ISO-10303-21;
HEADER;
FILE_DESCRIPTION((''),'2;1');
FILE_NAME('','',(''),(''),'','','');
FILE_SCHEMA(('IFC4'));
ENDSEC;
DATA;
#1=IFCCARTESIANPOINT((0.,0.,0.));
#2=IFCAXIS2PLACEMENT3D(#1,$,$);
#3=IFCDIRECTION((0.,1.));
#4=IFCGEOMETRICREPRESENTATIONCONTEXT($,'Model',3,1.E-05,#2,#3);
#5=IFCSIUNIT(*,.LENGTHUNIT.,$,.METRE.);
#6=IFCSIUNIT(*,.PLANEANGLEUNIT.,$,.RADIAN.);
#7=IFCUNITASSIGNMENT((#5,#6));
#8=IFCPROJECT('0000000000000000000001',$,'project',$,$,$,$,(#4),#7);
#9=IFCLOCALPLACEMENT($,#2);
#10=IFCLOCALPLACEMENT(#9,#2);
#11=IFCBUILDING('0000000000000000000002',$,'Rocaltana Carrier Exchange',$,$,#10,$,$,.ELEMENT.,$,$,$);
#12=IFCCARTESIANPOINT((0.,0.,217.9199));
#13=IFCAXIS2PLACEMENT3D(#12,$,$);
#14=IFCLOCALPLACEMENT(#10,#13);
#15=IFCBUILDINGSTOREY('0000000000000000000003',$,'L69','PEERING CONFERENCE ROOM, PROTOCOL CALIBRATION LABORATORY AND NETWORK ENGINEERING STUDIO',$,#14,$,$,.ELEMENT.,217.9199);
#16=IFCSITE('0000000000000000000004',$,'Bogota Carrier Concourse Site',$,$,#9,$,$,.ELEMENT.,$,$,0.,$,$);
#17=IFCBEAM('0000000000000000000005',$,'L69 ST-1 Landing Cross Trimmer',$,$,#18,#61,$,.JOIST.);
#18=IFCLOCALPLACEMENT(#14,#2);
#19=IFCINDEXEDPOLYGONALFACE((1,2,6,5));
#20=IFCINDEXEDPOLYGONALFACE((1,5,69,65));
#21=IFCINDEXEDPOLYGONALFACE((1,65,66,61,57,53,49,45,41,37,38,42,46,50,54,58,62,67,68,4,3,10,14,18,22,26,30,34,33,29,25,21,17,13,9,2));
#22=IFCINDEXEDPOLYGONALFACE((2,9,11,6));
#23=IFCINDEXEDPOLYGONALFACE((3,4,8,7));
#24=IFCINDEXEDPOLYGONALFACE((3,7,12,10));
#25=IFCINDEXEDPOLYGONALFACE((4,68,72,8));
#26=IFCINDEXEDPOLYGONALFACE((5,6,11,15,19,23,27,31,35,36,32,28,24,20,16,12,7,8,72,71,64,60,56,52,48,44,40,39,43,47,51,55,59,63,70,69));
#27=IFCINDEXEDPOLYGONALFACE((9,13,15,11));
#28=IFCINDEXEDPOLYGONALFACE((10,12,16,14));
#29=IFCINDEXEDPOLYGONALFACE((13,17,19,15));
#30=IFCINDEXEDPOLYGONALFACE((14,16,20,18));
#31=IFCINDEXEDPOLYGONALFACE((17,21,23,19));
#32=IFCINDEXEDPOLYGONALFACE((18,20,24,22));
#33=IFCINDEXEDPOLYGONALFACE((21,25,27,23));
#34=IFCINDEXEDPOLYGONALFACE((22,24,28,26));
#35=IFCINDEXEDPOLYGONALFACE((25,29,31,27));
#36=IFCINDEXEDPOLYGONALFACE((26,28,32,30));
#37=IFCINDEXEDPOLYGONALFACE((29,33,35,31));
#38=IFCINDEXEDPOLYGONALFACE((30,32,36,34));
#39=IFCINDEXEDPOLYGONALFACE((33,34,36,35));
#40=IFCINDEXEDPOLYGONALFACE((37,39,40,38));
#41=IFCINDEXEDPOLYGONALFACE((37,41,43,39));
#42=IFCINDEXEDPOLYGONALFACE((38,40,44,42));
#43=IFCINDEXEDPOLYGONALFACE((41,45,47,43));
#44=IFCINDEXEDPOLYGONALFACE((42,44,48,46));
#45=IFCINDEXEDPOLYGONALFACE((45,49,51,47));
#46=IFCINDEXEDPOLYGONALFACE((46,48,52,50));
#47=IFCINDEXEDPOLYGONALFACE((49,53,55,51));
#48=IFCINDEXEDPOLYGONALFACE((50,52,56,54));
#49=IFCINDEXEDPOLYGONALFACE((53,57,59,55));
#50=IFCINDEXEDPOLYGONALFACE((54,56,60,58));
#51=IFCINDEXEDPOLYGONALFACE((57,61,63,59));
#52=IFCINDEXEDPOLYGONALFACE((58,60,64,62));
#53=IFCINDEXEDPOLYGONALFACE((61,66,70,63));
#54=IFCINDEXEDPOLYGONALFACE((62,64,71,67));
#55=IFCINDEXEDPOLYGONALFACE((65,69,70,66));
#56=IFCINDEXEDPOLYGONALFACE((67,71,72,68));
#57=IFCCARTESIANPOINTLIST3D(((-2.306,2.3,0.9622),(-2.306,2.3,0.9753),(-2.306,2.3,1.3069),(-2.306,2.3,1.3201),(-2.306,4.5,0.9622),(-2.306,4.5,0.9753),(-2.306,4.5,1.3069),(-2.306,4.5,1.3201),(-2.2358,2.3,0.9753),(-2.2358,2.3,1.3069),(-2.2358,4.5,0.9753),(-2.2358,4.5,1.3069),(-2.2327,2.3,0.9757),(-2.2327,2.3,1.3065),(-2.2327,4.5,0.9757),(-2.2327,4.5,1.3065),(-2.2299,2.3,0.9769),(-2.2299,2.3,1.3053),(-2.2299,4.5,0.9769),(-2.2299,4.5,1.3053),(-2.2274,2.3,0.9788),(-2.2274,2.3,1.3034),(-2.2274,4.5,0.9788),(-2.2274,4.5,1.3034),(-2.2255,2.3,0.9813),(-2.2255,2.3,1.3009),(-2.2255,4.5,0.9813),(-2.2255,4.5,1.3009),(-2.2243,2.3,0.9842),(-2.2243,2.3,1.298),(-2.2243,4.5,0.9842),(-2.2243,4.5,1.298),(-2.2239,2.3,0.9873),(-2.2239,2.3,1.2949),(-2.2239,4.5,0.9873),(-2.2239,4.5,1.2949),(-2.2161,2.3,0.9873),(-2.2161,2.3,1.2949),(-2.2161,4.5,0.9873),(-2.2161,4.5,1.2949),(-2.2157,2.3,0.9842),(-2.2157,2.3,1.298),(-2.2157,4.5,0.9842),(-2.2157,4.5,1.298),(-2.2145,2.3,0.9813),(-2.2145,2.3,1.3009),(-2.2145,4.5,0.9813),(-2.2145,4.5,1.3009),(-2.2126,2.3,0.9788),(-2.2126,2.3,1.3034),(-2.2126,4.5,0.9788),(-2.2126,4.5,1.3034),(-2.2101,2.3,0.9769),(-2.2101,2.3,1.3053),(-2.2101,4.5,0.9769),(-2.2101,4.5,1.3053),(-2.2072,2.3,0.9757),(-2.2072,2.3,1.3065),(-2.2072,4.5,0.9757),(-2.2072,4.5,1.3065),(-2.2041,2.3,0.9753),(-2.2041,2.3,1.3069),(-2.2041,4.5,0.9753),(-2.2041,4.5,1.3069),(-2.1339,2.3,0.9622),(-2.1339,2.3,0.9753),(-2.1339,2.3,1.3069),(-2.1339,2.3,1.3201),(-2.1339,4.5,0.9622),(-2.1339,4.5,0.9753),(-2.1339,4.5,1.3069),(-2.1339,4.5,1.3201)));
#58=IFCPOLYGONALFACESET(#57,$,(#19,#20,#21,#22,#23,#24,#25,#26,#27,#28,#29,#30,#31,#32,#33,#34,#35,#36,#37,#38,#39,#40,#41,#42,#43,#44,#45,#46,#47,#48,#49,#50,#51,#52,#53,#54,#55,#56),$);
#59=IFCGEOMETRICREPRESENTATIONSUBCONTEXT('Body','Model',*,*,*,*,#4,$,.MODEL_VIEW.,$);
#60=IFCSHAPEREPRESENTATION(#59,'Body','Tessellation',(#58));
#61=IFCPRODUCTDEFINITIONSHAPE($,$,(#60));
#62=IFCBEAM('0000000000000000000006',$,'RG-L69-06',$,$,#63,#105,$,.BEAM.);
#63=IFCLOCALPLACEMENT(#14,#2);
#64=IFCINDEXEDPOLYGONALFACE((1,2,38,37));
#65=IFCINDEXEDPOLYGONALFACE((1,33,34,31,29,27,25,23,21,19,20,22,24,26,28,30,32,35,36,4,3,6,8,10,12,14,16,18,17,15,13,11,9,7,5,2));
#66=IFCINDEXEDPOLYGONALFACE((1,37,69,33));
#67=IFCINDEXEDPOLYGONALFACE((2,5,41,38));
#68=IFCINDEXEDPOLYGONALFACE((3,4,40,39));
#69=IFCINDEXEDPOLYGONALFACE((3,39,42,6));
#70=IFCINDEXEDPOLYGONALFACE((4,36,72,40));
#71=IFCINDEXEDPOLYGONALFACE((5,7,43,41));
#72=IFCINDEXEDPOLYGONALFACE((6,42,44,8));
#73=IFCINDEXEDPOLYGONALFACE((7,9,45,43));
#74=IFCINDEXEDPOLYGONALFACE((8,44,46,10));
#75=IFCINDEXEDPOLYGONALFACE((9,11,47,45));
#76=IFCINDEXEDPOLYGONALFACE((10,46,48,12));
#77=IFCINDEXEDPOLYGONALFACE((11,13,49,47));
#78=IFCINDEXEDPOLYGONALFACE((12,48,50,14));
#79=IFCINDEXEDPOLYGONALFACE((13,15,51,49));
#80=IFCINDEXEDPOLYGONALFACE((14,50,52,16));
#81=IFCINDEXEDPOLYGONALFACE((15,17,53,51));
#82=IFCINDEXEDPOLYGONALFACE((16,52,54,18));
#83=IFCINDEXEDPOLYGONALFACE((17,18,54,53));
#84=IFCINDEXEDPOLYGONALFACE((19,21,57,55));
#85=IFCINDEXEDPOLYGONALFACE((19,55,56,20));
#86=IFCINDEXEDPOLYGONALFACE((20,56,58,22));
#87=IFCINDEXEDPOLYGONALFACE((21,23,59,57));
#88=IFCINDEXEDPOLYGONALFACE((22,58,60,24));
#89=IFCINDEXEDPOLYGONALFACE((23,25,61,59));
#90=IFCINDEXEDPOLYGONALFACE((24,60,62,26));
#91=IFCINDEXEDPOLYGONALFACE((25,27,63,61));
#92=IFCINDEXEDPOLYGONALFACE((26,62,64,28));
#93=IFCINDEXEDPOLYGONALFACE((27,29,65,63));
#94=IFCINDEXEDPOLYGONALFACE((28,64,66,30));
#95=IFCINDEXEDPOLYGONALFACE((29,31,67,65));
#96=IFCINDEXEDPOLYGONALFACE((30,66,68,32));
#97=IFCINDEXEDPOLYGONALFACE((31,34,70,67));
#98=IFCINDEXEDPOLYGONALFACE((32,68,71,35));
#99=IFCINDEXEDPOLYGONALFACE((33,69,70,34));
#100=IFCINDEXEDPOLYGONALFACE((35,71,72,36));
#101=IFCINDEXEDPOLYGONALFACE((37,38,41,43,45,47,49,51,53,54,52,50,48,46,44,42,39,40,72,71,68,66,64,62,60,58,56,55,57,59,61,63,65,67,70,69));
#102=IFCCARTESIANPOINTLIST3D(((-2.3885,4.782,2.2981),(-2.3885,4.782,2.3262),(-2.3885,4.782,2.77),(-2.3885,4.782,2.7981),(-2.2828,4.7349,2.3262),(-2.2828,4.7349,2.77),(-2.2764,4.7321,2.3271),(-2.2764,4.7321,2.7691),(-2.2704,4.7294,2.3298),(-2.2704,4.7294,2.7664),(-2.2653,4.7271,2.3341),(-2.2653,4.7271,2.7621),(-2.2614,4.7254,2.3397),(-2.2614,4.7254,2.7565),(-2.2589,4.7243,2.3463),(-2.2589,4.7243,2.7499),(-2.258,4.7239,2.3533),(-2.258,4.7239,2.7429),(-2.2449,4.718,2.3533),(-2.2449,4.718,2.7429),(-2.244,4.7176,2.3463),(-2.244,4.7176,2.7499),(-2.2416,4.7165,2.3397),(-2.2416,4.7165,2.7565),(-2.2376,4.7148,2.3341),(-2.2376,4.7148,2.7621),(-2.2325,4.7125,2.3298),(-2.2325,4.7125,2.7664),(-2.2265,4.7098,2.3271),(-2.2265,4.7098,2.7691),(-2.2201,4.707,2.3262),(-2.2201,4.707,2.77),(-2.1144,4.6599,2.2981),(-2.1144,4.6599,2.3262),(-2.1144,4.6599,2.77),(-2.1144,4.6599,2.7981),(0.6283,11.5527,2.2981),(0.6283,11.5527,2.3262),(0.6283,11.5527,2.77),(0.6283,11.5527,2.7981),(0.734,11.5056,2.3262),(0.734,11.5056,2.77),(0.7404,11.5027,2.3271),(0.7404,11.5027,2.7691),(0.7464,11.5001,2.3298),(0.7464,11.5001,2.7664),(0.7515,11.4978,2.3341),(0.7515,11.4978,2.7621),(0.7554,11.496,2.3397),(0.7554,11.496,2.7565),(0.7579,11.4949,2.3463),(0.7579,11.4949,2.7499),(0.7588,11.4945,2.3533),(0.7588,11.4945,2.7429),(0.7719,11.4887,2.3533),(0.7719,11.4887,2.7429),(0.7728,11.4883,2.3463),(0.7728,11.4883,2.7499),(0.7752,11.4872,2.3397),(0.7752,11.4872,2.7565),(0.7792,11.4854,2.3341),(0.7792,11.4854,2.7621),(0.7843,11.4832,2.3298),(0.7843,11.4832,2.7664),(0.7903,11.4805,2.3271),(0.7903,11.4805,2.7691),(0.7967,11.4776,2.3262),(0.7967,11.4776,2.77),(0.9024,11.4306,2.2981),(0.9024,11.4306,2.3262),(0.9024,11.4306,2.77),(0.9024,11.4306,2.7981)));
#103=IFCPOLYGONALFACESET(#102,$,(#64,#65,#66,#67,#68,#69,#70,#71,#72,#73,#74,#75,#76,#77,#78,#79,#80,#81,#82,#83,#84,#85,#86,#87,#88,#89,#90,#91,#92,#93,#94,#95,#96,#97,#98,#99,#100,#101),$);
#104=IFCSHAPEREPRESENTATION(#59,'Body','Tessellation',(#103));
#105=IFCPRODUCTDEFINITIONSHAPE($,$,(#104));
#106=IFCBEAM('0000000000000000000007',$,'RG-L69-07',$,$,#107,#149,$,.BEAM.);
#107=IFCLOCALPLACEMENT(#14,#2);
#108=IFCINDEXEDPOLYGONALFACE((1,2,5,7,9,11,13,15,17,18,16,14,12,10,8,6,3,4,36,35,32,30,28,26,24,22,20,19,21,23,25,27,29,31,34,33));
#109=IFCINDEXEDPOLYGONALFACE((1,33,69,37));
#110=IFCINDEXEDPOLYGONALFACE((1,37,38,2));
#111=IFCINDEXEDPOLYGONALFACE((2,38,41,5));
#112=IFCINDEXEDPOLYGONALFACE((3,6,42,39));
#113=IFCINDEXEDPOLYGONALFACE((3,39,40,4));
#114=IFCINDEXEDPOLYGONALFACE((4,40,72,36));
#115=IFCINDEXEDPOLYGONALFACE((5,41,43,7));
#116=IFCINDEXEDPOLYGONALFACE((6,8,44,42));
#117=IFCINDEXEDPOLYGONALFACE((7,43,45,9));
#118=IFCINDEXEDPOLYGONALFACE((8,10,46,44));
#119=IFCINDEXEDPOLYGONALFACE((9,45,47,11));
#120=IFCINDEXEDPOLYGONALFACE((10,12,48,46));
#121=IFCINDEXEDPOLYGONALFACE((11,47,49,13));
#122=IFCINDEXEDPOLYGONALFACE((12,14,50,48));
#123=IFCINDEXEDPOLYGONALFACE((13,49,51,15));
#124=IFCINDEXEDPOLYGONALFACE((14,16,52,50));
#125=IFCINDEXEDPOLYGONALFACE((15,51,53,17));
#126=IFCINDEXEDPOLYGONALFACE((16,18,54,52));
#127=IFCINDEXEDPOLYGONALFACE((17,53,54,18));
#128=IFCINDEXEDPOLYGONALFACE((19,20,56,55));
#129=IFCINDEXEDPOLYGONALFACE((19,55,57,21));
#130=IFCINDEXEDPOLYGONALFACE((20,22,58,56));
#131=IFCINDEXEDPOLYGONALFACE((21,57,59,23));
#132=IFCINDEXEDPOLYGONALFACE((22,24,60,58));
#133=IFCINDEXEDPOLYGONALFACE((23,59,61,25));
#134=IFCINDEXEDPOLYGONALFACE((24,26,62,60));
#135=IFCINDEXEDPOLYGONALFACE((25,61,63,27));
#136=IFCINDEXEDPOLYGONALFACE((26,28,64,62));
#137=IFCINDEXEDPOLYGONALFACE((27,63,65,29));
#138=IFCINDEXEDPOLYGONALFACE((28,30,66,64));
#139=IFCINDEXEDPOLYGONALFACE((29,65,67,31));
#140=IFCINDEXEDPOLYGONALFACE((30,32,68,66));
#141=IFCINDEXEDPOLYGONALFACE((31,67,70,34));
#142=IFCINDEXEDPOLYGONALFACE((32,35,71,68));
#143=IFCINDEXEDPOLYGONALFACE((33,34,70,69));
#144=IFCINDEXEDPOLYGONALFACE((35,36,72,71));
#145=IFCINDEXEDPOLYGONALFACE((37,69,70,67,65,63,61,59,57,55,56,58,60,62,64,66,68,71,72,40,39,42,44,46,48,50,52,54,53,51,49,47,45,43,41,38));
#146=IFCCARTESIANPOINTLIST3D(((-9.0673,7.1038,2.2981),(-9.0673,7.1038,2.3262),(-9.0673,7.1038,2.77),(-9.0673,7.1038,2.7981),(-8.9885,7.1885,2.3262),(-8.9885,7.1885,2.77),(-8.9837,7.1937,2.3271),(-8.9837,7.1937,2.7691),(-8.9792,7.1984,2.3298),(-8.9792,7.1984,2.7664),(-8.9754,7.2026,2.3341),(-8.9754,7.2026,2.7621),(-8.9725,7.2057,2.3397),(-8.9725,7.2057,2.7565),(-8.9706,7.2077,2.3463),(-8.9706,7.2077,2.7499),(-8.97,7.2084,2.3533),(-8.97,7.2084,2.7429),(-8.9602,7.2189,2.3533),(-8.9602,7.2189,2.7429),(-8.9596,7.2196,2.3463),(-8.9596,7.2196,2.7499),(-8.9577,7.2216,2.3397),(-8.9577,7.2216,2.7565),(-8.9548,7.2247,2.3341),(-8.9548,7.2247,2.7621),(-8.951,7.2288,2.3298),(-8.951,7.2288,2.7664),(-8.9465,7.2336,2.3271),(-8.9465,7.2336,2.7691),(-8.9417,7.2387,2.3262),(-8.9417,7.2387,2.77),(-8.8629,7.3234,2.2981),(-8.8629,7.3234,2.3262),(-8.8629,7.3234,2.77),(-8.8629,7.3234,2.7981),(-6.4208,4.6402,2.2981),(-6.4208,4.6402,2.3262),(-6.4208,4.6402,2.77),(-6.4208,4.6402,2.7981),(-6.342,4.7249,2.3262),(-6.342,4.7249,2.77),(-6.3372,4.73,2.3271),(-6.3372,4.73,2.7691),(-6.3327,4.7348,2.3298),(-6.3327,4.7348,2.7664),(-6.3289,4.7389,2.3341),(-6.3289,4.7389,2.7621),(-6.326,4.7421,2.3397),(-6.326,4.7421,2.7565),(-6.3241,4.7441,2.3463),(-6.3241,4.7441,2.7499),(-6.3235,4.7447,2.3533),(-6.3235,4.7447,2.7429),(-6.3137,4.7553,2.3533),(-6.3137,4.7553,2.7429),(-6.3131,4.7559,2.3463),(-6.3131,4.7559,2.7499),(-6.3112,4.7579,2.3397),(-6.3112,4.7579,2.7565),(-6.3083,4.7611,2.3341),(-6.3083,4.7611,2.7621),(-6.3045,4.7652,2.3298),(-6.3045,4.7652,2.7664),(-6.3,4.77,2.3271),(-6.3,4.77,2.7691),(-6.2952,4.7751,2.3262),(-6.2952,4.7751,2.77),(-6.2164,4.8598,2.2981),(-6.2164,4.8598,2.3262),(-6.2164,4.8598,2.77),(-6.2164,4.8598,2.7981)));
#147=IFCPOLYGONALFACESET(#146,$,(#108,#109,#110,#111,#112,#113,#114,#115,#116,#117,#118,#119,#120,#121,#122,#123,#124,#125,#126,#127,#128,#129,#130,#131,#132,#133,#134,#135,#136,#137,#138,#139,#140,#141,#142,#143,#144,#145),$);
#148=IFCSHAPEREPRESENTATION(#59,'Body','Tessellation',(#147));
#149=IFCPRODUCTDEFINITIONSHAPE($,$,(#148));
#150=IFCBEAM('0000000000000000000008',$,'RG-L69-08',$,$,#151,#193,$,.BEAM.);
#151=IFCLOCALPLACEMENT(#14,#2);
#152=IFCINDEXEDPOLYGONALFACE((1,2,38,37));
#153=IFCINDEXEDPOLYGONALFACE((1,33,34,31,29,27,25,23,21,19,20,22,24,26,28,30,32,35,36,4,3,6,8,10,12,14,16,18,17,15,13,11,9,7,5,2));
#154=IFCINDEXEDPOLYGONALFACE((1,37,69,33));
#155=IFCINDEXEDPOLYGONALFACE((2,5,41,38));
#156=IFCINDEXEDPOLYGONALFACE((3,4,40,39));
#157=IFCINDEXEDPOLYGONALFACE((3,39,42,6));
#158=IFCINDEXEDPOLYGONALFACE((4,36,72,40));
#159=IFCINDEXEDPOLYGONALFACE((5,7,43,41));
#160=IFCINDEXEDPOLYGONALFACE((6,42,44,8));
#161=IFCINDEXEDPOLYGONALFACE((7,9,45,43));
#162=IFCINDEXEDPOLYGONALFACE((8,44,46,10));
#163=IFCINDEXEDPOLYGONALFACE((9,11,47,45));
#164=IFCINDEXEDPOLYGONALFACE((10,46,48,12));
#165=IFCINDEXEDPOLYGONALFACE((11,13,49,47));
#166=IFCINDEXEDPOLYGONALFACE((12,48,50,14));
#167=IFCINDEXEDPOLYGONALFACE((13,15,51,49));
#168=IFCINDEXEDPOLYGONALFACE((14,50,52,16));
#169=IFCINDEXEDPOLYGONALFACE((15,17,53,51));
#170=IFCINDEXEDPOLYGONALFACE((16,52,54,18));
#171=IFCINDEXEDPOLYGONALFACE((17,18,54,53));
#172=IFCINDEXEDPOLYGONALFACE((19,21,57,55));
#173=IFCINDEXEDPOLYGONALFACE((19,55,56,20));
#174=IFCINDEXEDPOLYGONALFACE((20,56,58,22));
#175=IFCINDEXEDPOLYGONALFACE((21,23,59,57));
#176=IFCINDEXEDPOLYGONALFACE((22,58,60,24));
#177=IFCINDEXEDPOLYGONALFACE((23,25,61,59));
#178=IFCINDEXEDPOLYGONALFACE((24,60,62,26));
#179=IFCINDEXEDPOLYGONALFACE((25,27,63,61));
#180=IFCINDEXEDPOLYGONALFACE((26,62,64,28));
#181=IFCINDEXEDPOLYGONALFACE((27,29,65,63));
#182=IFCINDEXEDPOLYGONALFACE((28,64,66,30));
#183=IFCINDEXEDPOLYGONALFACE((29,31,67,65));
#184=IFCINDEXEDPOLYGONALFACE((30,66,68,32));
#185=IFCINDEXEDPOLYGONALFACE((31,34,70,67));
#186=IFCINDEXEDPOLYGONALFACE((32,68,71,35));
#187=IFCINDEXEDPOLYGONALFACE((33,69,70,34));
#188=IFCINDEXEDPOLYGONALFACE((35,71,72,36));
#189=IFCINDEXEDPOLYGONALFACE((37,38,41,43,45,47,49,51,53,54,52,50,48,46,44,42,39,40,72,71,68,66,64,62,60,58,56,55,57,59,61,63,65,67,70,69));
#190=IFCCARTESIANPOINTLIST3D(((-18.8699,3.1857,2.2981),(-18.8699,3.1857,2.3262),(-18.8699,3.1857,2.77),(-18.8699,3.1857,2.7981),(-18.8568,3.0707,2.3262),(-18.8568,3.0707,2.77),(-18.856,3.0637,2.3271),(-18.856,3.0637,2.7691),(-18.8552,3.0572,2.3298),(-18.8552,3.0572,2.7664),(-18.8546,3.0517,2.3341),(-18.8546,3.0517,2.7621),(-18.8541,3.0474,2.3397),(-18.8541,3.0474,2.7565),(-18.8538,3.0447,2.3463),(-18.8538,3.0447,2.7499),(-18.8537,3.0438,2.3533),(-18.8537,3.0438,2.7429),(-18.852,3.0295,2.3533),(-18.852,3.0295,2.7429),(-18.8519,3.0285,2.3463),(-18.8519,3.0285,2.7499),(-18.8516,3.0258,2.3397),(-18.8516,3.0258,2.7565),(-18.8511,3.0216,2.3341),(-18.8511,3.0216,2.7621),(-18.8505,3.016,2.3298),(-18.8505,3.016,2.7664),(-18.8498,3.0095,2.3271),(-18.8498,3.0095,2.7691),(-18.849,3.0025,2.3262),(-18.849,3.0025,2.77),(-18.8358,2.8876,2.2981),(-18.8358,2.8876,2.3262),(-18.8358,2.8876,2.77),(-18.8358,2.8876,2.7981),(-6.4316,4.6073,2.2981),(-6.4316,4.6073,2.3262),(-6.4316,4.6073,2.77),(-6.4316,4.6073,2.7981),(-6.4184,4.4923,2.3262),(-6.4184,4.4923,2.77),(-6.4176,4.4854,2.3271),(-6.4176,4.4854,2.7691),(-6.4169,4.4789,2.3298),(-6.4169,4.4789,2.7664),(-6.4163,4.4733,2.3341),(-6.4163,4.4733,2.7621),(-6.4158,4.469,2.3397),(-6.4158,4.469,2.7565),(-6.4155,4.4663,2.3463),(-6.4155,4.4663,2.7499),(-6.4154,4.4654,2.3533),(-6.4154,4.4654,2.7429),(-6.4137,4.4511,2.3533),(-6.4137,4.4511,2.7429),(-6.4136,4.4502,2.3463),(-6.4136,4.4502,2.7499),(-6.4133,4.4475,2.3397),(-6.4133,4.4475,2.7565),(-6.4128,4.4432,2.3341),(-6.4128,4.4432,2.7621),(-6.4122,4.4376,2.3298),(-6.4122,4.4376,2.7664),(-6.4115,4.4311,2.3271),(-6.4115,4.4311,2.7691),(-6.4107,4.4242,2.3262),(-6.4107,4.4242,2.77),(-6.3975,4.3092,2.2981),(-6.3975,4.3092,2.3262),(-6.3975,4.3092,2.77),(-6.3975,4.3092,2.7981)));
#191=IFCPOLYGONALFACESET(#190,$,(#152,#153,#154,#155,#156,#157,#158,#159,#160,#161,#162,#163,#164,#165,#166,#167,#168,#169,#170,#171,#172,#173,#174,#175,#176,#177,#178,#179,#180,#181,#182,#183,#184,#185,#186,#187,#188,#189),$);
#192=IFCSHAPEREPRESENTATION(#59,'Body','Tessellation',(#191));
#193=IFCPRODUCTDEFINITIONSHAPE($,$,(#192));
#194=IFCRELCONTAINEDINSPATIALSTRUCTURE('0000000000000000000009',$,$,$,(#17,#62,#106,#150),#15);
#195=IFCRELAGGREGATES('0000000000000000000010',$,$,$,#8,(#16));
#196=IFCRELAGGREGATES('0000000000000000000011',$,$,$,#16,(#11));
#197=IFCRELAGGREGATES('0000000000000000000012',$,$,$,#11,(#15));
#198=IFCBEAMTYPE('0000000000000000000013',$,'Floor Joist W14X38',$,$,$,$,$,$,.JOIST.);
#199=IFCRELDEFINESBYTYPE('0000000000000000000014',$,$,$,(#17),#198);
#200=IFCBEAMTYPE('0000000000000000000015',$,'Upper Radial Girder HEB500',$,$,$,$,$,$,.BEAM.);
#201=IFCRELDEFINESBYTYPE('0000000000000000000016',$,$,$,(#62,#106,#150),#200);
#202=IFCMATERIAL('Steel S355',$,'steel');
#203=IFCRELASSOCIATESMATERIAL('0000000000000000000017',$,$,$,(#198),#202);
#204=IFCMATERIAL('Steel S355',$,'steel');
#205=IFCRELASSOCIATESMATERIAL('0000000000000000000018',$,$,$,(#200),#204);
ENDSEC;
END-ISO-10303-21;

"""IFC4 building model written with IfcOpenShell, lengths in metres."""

from ifc_helpers import new_model, si_unit, direction, frame, origin, origin_2d, place, context, subcontext, project, spatial, i_section, extrude, material, material_profile, profile_set, type_object, element, save


model = new_model("IFC4")

# Units and contexts
model_context = context("Model", 3, precision=1e-05, world=origin(), true_north=direction((0.0, 1.0)))
body_context = subcontext(model_context, "Body", "Model", "MODEL_VIEW")
ifc_project = project(units=[si_unit("LENGTHUNIT", "METRE"), si_unit("PLANEANGLEUNIT", "RADIAN")], contexts=[model_context])

# Site, building, storey
site_placement = place(None, origin())
site = spatial("IfcSite", under=ifc_project, at=site_placement, Name="Bogota Carrier Concourse Site", CompositionType="ELEMENT", RefElevation=0.0)
building_placement = place(site_placement, origin())
building = spatial("IfcBuilding", under=site, at=building_placement, Name="Rocaltana Carrier Exchange", CompositionType="ELEMENT")
storey_placement = place(building_placement, frame((0.0, 0.0, 217.9199)))
storey = spatial("IfcBuildingStorey", under=building, at=storey_placement, Name="L69", Description="PEERING CONFERENCE ROOM, PROTOCOL CALIBRATION LABORATORY AND NETWORK ENGINEERING STUDIO", CompositionType="ELEMENT", Elevation=217.9199)

# Beams
ifc_material_1 = material(Name="Steel S355", Category="steel")
ifc_material_profile_1 = material_profile(ifc_material_1, i_section(OverallWidth=0.1721, OverallDepth=0.3579, WebThickness=0.0078, FlangeThickness=0.0132, FilletRadius=0.012, at=origin_2d()), Name="W14X38")
ifc_profile_set_1 = profile_set([ifc_material_profile_1], Name="Steel S355")
beam_type_1 = type_object("IfcBeamType", Name="Floor Joist W14X38", PredefinedType="JOIST", material=ifc_profile_set_1)
beam_1_placement = place(storey_placement, frame((-2.22, 2.3, 1.1411), z_axis=(0.0, 1.0, 0.0), x_axis=(-1.0, 0.0, 0.0)))
element("IfcBeam", 1, at=beam_1_placement, inside=storey, type_object=beam_type_1, Name="L69 ST-1 Landing Cross Trimmer", PredefinedType="JOIST", context=body_context, shape_type="SweptSolid", body=[
    extrude(i_section(OverallWidth=0.1721, OverallDepth=0.3579, WebThickness=0.0078, FlangeThickness=0.0132, FilletRadius=0.012, at=origin_2d()), origin(), (0.0, 0.0, 1.0), 2.2),
])
ifc_material_2 = material(Name="Steel S355", Category="steel")
ifc_material_profile_2 = material_profile(ifc_material_2, i_section(OverallWidth=0.3, OverallDepth=0.5, WebThickness=0.0144, FlangeThickness=0.0281, FilletRadius=0.0271, at=origin_2d()), Name="HEB500")
ifc_profile_set_2 = profile_set([ifc_material_profile_2], Name="Steel S355")
beam_type_2 = type_object("IfcBeamType", Name="Upper Radial Girder HEB500", PredefinedType="BEAM", material=ifc_profile_set_2)
beam_2_placement = place(storey_placement, frame((-2.2515, 4.7209, 2.5481), z_axis=(0.406997, 0.913429, 0.0), x_axis=(-0.913429, 0.406997, 0.0)))
element("IfcBeam", 2, at=beam_2_placement, inside=storey, type_object=beam_type_2, Name="RG-L69-06", PredefinedType="BEAM", context=body_context, shape_type="SweptSolid", body=[
    extrude(i_section(OverallWidth=0.3, OverallDepth=0.5, WebThickness=0.0144, FlangeThickness=0.0281, FilletRadius=0.0271, at=origin_2d()), origin(), (0.0, 0.0, 1.0), 7.4124),
])
beam_3_placement = place(storey_placement, frame((-6.3186, 4.75, 2.5481), z_axis=(-0.731942, 0.681367, 0.0), x_axis=(-0.681367, -0.731942, 0.0)))
element("IfcBeam", 3, at=beam_3_placement, inside=storey, type_object=beam_type_2, Name="RG-L69-07", PredefinedType="BEAM", context=body_context, shape_type="SweptSolid", body=[
    extrude(i_section(OverallWidth=0.3, OverallDepth=0.5, WebThickness=0.0144, FlangeThickness=0.0281, FilletRadius=0.0271, at=origin_2d()), origin(), (0.0, 0.0, 1.0), 3.6157),
])
beam_4_placement = place(storey_placement, frame((-6.4146, 4.4583, 2.5481), z_axis=(-0.993532, -0.113556, 0.0), x_axis=(0.113556, -0.993532, 0.0)))
element("IfcBeam", 4, at=beam_4_placement, inside=storey, type_object=beam_type_2, Name="RG-L69-08", PredefinedType="BEAM", context=body_context, shape_type="SweptSolid", body=[
    extrude(i_section(OverallWidth=0.3, OverallDepth=0.5, WebThickness=0.0144, FlangeThickness=0.0281, FilletRadius=0.0271, at=origin_2d()), origin(), (0.0, 0.0, 1.0), 12.5193),
])

save(model, "model.ifc")
